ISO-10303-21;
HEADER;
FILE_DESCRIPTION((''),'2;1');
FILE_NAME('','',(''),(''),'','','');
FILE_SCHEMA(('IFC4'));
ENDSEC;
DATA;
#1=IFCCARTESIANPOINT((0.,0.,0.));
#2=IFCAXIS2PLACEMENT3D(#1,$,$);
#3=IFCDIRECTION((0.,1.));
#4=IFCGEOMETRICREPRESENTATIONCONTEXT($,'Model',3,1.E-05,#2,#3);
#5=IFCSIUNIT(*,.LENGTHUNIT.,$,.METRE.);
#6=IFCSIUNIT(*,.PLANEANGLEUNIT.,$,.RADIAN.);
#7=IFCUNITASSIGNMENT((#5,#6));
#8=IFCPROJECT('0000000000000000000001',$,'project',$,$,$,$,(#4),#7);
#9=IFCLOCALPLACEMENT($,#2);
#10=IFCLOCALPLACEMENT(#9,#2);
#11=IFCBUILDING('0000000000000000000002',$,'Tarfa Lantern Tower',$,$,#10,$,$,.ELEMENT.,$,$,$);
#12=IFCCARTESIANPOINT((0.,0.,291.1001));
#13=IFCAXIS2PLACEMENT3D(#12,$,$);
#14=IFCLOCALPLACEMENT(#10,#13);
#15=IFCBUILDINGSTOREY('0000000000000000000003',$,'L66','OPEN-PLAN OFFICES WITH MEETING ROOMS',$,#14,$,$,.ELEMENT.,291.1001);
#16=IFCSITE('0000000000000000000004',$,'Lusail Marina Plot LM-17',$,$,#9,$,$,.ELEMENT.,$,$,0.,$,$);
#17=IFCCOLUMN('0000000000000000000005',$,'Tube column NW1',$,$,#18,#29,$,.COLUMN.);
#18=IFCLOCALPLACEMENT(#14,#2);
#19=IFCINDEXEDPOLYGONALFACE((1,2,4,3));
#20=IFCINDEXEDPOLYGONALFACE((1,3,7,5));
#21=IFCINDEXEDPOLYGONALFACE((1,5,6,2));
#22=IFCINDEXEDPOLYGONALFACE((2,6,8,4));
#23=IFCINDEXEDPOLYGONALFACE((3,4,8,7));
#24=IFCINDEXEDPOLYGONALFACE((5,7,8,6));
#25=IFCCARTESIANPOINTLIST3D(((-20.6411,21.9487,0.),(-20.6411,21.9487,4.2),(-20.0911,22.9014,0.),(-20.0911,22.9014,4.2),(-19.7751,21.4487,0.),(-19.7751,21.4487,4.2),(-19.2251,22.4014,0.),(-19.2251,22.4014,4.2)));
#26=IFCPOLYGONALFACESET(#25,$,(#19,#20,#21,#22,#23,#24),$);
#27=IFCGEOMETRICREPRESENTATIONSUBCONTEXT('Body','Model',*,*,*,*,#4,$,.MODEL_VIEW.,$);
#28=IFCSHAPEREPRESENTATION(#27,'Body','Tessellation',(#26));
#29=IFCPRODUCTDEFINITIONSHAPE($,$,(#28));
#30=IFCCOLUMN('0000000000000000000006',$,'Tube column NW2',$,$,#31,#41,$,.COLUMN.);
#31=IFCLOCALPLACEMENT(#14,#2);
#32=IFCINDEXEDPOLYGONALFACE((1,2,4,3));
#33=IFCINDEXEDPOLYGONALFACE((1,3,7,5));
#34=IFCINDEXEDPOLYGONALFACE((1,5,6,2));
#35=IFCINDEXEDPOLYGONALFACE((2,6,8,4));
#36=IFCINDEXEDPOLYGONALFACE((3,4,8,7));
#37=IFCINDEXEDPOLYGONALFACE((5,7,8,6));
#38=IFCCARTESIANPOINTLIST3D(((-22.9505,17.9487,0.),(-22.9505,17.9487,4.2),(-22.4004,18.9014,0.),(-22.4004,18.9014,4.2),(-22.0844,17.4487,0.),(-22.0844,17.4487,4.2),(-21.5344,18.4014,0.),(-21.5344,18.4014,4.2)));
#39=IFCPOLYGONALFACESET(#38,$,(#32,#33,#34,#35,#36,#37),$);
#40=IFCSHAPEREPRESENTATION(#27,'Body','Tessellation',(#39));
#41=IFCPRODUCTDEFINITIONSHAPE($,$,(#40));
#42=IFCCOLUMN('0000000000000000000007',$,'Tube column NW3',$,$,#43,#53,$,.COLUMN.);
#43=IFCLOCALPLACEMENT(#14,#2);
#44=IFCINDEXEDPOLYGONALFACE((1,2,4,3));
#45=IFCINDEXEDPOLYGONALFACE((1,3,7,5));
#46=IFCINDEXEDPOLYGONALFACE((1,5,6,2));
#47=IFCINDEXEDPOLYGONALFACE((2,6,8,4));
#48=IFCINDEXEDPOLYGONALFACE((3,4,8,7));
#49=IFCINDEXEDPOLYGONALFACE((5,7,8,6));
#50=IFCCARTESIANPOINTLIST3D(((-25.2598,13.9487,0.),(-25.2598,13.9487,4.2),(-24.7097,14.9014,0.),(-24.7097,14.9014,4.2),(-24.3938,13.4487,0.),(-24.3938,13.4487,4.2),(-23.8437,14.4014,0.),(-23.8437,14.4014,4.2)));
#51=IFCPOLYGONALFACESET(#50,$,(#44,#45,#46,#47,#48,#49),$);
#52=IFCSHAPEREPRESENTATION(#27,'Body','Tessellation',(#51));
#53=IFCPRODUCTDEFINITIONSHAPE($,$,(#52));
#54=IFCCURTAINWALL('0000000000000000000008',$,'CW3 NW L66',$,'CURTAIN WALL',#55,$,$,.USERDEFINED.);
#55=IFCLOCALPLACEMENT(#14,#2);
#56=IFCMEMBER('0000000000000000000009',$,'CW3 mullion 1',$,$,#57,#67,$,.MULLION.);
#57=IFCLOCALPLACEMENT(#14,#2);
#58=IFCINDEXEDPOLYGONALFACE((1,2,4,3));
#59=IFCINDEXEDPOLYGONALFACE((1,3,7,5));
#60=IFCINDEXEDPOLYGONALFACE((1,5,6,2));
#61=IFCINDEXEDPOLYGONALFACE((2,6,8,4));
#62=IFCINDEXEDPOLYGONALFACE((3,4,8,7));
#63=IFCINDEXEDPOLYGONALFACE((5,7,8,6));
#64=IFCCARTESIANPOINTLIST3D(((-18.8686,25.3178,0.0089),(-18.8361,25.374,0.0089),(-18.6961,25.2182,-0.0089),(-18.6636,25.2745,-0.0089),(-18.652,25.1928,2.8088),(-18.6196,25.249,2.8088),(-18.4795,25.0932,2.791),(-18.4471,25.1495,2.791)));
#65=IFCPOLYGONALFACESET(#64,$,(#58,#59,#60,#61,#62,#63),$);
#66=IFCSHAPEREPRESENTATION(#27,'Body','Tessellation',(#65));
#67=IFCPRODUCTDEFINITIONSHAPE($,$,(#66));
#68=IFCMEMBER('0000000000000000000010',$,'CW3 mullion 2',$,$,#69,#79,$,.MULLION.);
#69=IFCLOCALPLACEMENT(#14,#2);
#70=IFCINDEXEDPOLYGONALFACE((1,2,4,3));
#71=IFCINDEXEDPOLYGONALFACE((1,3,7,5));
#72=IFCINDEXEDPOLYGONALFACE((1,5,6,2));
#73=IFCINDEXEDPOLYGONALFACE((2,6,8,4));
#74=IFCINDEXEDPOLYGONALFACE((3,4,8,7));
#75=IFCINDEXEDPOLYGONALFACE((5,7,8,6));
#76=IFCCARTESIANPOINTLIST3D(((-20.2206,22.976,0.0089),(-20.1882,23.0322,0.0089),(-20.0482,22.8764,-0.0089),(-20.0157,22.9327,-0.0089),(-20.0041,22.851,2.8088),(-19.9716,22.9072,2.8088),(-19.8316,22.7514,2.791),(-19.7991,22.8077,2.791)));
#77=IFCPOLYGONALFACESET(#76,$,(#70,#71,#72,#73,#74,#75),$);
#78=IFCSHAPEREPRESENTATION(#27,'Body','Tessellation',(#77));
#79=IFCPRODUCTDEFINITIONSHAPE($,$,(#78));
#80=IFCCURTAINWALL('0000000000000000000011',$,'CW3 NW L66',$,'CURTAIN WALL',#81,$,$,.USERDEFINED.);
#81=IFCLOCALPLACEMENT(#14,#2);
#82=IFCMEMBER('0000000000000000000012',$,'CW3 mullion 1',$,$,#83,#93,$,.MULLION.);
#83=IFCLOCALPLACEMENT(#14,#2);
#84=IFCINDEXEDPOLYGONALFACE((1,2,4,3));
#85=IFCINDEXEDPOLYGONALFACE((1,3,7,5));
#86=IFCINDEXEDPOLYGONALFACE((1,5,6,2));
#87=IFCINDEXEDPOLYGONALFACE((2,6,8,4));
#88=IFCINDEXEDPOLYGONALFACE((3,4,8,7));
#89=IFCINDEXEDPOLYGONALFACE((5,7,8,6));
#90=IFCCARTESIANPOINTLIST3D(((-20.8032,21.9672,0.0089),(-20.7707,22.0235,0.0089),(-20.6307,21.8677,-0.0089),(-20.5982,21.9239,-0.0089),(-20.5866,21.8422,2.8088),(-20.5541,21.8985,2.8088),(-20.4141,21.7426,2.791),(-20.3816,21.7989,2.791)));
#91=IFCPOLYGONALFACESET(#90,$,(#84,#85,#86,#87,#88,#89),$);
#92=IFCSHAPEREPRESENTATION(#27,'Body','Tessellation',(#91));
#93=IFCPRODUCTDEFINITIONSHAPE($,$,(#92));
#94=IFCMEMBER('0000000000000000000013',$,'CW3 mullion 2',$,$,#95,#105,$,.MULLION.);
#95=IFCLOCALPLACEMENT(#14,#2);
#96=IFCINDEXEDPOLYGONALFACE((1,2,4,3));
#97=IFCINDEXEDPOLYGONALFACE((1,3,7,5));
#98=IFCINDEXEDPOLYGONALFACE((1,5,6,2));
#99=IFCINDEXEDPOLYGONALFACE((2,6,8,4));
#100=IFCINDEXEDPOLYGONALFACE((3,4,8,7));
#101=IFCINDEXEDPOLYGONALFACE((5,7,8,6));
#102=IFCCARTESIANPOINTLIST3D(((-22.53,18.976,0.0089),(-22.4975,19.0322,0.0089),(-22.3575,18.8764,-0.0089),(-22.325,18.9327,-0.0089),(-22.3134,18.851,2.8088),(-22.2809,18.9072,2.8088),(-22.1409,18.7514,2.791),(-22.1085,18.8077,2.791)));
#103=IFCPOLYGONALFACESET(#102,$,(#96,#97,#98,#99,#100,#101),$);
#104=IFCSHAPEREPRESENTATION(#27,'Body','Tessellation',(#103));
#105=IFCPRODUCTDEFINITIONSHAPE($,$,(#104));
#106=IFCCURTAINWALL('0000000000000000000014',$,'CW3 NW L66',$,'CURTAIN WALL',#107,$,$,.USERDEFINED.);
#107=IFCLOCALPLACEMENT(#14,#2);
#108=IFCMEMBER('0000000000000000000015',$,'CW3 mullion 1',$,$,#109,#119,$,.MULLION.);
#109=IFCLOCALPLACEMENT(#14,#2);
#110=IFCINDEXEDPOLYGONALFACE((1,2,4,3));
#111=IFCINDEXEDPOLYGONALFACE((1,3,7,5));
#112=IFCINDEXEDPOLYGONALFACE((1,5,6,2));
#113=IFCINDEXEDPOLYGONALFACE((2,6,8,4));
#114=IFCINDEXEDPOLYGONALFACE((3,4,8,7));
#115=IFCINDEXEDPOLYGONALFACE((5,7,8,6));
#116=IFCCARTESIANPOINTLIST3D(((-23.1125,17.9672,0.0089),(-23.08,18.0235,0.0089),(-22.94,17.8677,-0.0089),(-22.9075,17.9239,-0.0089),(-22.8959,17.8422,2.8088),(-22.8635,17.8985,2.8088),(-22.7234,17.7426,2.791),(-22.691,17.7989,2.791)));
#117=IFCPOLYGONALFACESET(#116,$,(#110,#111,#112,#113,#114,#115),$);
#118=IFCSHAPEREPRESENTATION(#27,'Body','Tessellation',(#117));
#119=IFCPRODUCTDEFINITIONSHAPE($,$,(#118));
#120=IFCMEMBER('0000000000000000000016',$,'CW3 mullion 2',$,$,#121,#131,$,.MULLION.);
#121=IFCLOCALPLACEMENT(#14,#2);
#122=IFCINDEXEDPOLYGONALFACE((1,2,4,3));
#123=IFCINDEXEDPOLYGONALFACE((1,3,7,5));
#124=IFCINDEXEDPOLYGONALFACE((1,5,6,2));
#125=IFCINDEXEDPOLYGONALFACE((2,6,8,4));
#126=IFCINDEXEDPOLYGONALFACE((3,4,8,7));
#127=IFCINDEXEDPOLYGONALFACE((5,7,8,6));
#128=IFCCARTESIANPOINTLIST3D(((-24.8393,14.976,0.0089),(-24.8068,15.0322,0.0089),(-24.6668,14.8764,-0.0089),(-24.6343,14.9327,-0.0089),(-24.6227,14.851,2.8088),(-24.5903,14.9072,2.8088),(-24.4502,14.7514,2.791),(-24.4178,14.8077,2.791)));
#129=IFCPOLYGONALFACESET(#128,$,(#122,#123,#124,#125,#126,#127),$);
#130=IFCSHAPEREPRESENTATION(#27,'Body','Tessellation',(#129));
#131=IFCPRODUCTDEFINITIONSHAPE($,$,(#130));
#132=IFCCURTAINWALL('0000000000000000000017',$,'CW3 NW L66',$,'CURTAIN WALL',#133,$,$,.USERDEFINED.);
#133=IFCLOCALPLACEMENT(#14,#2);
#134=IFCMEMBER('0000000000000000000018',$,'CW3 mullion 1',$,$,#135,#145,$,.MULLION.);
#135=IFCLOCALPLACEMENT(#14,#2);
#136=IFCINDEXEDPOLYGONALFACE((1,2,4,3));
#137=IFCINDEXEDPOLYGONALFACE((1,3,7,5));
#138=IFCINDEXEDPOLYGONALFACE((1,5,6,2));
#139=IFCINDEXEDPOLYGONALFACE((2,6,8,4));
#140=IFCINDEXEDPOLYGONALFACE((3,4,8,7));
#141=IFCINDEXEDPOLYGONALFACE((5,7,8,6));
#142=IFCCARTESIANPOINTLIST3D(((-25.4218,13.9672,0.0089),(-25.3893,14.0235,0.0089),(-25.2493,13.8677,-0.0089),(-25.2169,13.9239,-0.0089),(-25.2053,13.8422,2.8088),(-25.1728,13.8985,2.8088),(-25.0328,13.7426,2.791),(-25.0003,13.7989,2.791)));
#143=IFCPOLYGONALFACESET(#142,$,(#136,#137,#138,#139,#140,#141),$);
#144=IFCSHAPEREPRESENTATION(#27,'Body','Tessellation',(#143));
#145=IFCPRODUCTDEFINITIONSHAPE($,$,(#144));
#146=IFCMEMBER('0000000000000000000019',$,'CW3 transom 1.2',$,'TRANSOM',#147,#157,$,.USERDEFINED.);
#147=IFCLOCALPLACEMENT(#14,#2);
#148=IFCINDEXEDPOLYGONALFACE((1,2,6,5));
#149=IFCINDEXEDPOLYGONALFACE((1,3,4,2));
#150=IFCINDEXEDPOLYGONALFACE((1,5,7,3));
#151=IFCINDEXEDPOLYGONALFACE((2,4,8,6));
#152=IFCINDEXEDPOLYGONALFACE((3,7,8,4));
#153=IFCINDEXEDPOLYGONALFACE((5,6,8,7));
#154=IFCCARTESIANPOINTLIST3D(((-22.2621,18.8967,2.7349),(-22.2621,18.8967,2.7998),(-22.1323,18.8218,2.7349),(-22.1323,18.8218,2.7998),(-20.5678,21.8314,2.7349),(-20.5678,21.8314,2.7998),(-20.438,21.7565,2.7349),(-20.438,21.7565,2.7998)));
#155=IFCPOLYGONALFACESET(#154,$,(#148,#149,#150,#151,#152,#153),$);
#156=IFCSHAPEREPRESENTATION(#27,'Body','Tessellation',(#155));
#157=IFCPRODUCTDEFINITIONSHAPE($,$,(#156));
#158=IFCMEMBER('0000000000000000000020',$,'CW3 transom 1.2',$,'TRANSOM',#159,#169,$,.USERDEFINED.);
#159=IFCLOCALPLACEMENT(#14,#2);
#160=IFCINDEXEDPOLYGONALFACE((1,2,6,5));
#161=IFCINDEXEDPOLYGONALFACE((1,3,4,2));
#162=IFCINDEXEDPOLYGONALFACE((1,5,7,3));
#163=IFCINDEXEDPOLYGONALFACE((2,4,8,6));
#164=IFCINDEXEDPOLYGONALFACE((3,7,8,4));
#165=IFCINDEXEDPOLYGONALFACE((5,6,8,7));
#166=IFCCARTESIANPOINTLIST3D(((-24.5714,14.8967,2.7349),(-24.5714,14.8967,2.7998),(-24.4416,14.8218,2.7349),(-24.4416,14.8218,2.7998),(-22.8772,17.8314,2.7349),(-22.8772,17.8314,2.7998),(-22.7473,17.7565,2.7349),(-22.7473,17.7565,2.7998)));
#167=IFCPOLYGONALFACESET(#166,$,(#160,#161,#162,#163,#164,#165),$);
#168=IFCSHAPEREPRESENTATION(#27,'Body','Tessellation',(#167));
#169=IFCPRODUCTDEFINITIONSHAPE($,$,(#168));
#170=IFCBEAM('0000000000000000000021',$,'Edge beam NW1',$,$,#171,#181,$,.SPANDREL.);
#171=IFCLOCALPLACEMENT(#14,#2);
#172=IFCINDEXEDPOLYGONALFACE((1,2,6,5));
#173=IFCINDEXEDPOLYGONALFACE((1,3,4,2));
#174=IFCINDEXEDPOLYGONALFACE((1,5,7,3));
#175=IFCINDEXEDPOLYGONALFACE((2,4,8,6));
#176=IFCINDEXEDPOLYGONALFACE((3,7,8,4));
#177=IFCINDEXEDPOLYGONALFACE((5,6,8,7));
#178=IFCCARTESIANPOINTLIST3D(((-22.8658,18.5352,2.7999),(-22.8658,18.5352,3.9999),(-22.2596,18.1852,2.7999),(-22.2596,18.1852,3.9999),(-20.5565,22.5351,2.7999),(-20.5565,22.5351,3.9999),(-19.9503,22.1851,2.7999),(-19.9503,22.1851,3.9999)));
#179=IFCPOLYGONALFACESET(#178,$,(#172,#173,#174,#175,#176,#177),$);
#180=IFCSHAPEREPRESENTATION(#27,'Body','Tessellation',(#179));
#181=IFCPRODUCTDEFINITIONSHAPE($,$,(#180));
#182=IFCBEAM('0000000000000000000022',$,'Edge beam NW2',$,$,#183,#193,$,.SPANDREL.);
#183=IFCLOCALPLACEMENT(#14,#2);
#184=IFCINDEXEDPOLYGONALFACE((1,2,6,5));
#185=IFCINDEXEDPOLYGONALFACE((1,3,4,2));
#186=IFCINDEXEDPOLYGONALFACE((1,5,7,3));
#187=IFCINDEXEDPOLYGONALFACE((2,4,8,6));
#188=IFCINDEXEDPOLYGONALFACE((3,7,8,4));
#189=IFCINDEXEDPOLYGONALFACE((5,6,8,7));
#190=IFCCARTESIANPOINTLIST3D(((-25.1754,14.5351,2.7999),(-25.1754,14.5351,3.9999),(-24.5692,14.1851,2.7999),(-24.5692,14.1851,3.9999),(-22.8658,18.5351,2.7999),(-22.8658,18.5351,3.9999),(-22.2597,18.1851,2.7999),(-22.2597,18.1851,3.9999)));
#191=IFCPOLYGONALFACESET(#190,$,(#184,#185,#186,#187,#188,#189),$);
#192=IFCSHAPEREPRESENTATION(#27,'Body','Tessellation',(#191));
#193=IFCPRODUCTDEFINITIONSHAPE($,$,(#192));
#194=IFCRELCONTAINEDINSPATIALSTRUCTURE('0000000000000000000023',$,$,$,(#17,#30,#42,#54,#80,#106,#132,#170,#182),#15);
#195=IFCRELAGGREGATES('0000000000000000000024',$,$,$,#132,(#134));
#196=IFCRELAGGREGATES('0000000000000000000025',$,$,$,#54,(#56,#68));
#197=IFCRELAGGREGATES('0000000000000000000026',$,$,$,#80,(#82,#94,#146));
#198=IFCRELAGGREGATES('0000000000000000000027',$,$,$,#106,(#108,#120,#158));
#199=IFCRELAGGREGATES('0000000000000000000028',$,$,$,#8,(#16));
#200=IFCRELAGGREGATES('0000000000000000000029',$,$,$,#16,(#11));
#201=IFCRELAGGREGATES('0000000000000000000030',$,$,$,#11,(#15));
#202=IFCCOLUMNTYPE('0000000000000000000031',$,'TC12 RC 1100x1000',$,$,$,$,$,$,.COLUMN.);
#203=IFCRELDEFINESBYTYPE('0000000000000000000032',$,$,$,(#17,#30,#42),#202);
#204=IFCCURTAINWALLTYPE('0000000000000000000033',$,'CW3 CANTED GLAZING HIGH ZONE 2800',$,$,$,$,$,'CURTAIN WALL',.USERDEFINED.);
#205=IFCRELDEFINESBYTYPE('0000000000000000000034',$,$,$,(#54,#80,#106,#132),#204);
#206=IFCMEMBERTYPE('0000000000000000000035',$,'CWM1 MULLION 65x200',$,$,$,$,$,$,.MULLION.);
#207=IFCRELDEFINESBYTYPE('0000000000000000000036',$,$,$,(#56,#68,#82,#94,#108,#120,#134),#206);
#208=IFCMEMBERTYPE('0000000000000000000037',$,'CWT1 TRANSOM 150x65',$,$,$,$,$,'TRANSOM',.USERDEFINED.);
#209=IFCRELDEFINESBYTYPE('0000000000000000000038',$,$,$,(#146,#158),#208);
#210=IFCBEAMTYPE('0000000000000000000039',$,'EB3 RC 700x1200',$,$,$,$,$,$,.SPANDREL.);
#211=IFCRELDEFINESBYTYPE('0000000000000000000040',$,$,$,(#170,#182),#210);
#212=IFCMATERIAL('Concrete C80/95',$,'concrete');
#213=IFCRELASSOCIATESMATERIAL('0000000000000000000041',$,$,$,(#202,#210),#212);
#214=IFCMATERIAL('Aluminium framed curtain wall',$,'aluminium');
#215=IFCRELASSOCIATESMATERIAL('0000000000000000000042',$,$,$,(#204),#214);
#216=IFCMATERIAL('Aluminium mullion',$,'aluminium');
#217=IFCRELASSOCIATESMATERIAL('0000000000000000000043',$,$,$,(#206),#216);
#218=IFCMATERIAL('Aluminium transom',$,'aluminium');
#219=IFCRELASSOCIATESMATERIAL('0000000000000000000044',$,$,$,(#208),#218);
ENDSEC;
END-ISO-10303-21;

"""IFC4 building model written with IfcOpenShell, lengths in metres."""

from ifc_helpers import new_model, si_unit, direction, frame, origin, origin_2d, place, context, subcontext, project, spatial, rectangle, extrude, material, material_profile, profile_set, type_object, element, aggregate, save


model = new_model("IFC4")

# Units and contexts
model_context = context("Model", 3, precision=1e-05, world=origin(), true_north=direction((0.0, 1.0)))
body_context = subcontext(model_context, "Body", "Model", "MODEL_VIEW")
ifc_project = project(units=[si_unit("LENGTHUNIT", "METRE"), si_unit("PLANEANGLEUNIT", "RADIAN")], contexts=[model_context])

# Site, building, storey
site_placement = place(None, origin())
site = spatial("IfcSite", under=ifc_project, at=site_placement, Name="Lusail Marina Plot LM-17", CompositionType="ELEMENT", RefElevation=0.0)
building_placement = place(site_placement, origin())
building = spatial("IfcBuilding", under=site, at=building_placement, Name="Tarfa Lantern Tower", CompositionType="ELEMENT")
storey_placement = place(building_placement, frame((0.0, 0.0, 291.1001)))
storey = spatial("IfcBuildingStorey", under=building, at=storey_placement, Name="L66", Description="OPEN-PLAN OFFICES WITH MEETING ROOMS", CompositionType="ELEMENT", Elevation=291.1001)

# Columns
ifc_material_1 = material(Name="Concrete C80/95", Category="concrete")
ifc_material_profile_1 = material_profile(ifc_material_1, rectangle(XDim=1.1001, YDim=1.0, at=origin_2d()), Name="RC 1100x1000")
ifc_profile_set_1 = profile_set([ifc_material_profile_1], Name="Concrete C80/95")
column_type = type_object("IfcColumnType", Name="TC12 RC 1100x1000", PredefinedType="COLUMN", material=ifc_profile_set_1)
for number, where, z_axis, x_axis, name in (
    (1, (-19.9331, 22.175, 0.0), (0.0, 0.0, 1.0), (-0.5, -0.866025, 0.0), "Tube column NW1"),
    (2, (-22.2424, 18.175, 0.0), (0.0, 0.0, 1.0), (-0.5, -0.866025, 0.0), "Tube column NW2"),
    (3, (-24.5518, 14.175, 0.0), (0.0, 0.0, 1.0), (-0.5, -0.866025, 0.0), "Tube column NW3"),
):
    element("IfcColumn", number, at=place(storey_placement, frame(where, z_axis=z_axis, x_axis=x_axis)), inside=storey, type_object=column_type, Name=name, PredefinedType="COLUMN", context=body_context, shape_type="SweptSolid", body=[
        extrude(rectangle(XDim=1.1001, YDim=1.0, at=origin_2d()), origin(), (0.0, 0.0, 1.0), 4.2),
    ])

# Curtain walls, members
ifc_material_2 = material(Name="Aluminium framed curtain wall", Category="aluminium")
curtain_wall_type = type_object("IfcCurtainWallType", Name="CW3 CANTED GLAZING HIGH ZONE 2800", ElementType="CURTAIN WALL", PredefinedType="USERDEFINED", material=ifc_material_2)
curtain_wall_1_placement = place(storey_placement, origin())
curtain_wall_1 = element("IfcCurtainWall", 4, at=curtain_wall_1_placement, inside=storey, type_object=curtain_wall_type, Name="CW3 NW L66", ObjectType="CURTAIN WALL", PredefinedType="USERDEFINED")
ifc_material_3 = material(Name="Aluminium mullion", Category="aluminium")
ifc_material_profile_2 = material_profile(ifc_material_3, rectangle(XDim=0.0649, YDim=0.2, at=origin_2d()), Name="AL MULLION 65x200")
ifc_profile_set_2 = profile_set([ifc_material_profile_2], Name="Aluminium mullion")
member_type_1 = type_object("IfcMemberType", Name="CWM1 MULLION 65x200", PredefinedType="MULLION", material=ifc_profile_set_2)
member_1_placement = place(storey_placement, frame((-18.7661, 25.2961, 0.0), z_axis=(0.077039, -0.044469, 0.996036), x_axis=(0.49992, 0.866072, 0.0)))
member_1 = element("IfcMember", 5, at=member_1_placement, type_object=member_type_1, Name="CW3 mullion 1", PredefinedType="MULLION", context=body_context, shape_type="SweptSolid", body=[
    extrude(rectangle(XDim=0.0649, YDim=0.2, at=origin_2d()), origin(), (0.0, 0.0, 1.0), 2.811),
])
member_2_placement = place(storey_placement, frame((-20.1182, 22.9543, 0.0), z_axis=(0.077039, -0.044469, 0.996036), x_axis=(0.49992, 0.866072, 0.0)))
member_2 = element("IfcMember", 6, at=member_2_placement, type_object=member_type_1, Name="CW3 mullion 2", PredefinedType="MULLION", context=body_context, shape_type="SweptSolid", body=[
    extrude(rectangle(XDim=0.0649, YDim=0.2, at=origin_2d()), origin(), (0.0, 0.0, 1.0), 2.811),
])
curtain_wall_2_placement = place(storey_placement, origin())
curtain_wall_2 = element("IfcCurtainWall", 7, at=curtain_wall_2_placement, inside=storey, type_object=curtain_wall_type, Name="CW3 NW L66", ObjectType="CURTAIN WALL", PredefinedType="USERDEFINED")
member_3_placement = place(storey_placement, frame((-20.7007, 21.9456, 0.0), z_axis=(0.077039, -0.044469, 0.996036), x_axis=(0.49992, 0.866072, 0.0)))
member_3 = element("IfcMember", 8, at=member_3_placement, type_object=member_type_1, Name="CW3 mullion 1", PredefinedType="MULLION", context=body_context, shape_type="SweptSolid", body=[
    extrude(rectangle(XDim=0.0649, YDim=0.2, at=origin_2d()), origin(), (0.0, 0.0, 1.0), 2.811),
])
member_4_placement = place(storey_placement, frame((-22.4275, 18.9543, 0.0), z_axis=(0.077039, -0.044469, 0.996036), x_axis=(0.49992, 0.866072, 0.0)))
member_4 = element("IfcMember", 9, at=member_4_placement, type_object=member_type_1, Name="CW3 mullion 2", PredefinedType="MULLION", context=body_context, shape_type="SweptSolid", body=[
    extrude(rectangle(XDim=0.0649, YDim=0.2, at=origin_2d()), origin(), (0.0, 0.0, 1.0), 2.811),
])
curtain_wall_3_placement = place(storey_placement, origin())
curtain_wall_3 = element("IfcCurtainWall", 10, at=curtain_wall_3_placement, inside=storey, type_object=curtain_wall_type, Name="CW3 NW L66", ObjectType="CURTAIN WALL", PredefinedType="USERDEFINED")
member_5_placement = place(storey_placement, frame((-23.01, 17.9456, 0.0), z_axis=(0.077039, -0.044469, 0.996036), x_axis=(0.49992, 0.866072, 0.0)))
member_5 = element("IfcMember", 11, at=member_5_placement, type_object=member_type_1, Name="CW3 mullion 1", PredefinedType="MULLION", context=body_context, shape_type="SweptSolid", body=[
    extrude(rectangle(XDim=0.0649, YDim=0.2, at=origin_2d()), origin(), (0.0, 0.0, 1.0), 2.811),
])
member_6_placement = place(storey_placement, frame((-24.7368, 14.9543, 0.0), z_axis=(0.077039, -0.044469, 0.996036), x_axis=(0.49992, 0.866072, 0.0)))
member_6 = element("IfcMember", 12, at=member_6_placement, type_object=member_type_1, Name="CW3 mullion 2", PredefinedType="MULLION", context=body_context, shape_type="SweptSolid", body=[
    extrude(rectangle(XDim=0.0649, YDim=0.2, at=origin_2d()), origin(), (0.0, 0.0, 1.0), 2.811),
])

# Curtain wall, member
curtain_wall_4_placement = place(storey_placement, origin())
curtain_wall_4 = element("IfcCurtainWall", 13, at=curtain_wall_4_placement, inside=storey, type_object=curtain_wall_type, Name="CW3 NW L66", ObjectType="CURTAIN WALL", PredefinedType="USERDEFINED")
member_7_placement = place(storey_placement, frame((-25.3193, 13.9456, 0.0), z_axis=(0.077039, -0.044469, 0.996036), x_axis=(0.49992, 0.866072, 0.0)))
member_7 = element("IfcMember", 14, at=member_7_placement, type_object=member_type_1, Name="CW3 mullion 1", PredefinedType="MULLION", context=body_context, shape_type="SweptSolid", body=[
    extrude(rectangle(XDim=0.0649, YDim=0.2, at=origin_2d()), origin(), (0.0, 0.0, 1.0), 2.811),
])
aggregate(curtain_wall_4, [member_7])

# Members
ifc_material_4 = material(Name="Aluminium transom", Category="aluminium")
ifc_material_profile_3 = material_profile(ifc_material_4, rectangle(XDim=0.1499, YDim=0.0649, at=origin_2d()), Name="AL TRANSOM 150x65")
ifc_profile_set_3 = profile_set([ifc_material_profile_3], Name="Aluminium transom")
member_type_2 = type_object("IfcMemberType", Name="CWT1 TRANSOM 150x65", ElementType="TRANSOM", PredefinedType="USERDEFINED", material=ifc_profile_set_3)
member_8_placement = place(storey_placement, frame((-20.5029, 21.7939, 2.7673), z_axis=(-0.499982, -0.866036, 0.0), x_axis=(0.866036, -0.499982, 0.0)))
member_8 = element("IfcMember", 15, at=member_8_placement, type_object=member_type_2, Name="CW3 transom 1.2", ObjectType="TRANSOM", PredefinedType="USERDEFINED", context=body_context, shape_type="SweptSolid", body=[
    extrude(rectangle(XDim=0.1499, YDim=0.0649, at=origin_2d()), origin(), (0.0, 0.0, 1.0), 3.3887),
])
member_9_placement = place(storey_placement, frame((-22.8123, 17.7939, 2.7673), z_axis=(-0.499982, -0.866036, 0.0), x_axis=(0.866036, -0.499982, 0.0)))
member_9 = element("IfcMember", 16, at=member_9_placement, type_object=member_type_2, Name="CW3 transom 1.2", ObjectType="TRANSOM", PredefinedType="USERDEFINED", context=body_context, shape_type="SweptSolid", body=[
    extrude(rectangle(XDim=0.1499, YDim=0.0649, at=origin_2d()), origin(), (0.0, 0.0, 1.0), 3.3887),
])

# Beams
ifc_material_profile_4 = material_profile(ifc_material_1, rectangle(XDim=0.7, YDim=1.2, at=origin_2d()), Name="RC 700x1200")
ifc_profile_set_4 = profile_set([ifc_material_profile_4], Name="Concrete C80/95")
beam_type_1 = type_object("IfcBeamType", Name="EB3 RC 700x1200", PredefinedType="SPANDREL", material=ifc_profile_set_4)
beam_1_placement = place(storey_placement, frame((-20.2534, 22.3601, 3.3999), z_axis=(-0.499988, -0.866032, 0.0), x_axis=(0.866032, -0.499988, 0.0)))
element("IfcBeam", 17, at=beam_1_placement, inside=storey, type_object=beam_type_1, Name="Edge beam NW1", PredefinedType="SPANDREL", context=body_context, shape_type="SweptSolid", body=[
    extrude(rectangle(XDim=0.7, YDim=1.2, at=origin_2d()), origin(), (0.0, 0.0, 1.0), 4.6187),
])
beam_2_placement = place(storey_placement, frame((-22.5627, 18.3601, 3.3999), z_axis=(-0.500027, -0.86601, 0.0), x_axis=(0.86601, -0.500027, 0.0)))
element("IfcBeam", 18, at=beam_2_placement, inside=storey, type_object=beam_type_1, Name="Edge beam NW2", PredefinedType="SPANDREL", context=body_context, shape_type="SweptSolid", body=[
    extrude(rectangle(XDim=0.7, YDim=1.2, at=origin_2d()), origin(), (0.0, 0.0, 1.0), 4.6189),
])

aggregate(curtain_wall_1, [member_1, member_2])
aggregate(curtain_wall_2, [member_3, member_4, member_8])
aggregate(curtain_wall_3, [member_5, member_6, member_9])

save(model, "model.ifc")
